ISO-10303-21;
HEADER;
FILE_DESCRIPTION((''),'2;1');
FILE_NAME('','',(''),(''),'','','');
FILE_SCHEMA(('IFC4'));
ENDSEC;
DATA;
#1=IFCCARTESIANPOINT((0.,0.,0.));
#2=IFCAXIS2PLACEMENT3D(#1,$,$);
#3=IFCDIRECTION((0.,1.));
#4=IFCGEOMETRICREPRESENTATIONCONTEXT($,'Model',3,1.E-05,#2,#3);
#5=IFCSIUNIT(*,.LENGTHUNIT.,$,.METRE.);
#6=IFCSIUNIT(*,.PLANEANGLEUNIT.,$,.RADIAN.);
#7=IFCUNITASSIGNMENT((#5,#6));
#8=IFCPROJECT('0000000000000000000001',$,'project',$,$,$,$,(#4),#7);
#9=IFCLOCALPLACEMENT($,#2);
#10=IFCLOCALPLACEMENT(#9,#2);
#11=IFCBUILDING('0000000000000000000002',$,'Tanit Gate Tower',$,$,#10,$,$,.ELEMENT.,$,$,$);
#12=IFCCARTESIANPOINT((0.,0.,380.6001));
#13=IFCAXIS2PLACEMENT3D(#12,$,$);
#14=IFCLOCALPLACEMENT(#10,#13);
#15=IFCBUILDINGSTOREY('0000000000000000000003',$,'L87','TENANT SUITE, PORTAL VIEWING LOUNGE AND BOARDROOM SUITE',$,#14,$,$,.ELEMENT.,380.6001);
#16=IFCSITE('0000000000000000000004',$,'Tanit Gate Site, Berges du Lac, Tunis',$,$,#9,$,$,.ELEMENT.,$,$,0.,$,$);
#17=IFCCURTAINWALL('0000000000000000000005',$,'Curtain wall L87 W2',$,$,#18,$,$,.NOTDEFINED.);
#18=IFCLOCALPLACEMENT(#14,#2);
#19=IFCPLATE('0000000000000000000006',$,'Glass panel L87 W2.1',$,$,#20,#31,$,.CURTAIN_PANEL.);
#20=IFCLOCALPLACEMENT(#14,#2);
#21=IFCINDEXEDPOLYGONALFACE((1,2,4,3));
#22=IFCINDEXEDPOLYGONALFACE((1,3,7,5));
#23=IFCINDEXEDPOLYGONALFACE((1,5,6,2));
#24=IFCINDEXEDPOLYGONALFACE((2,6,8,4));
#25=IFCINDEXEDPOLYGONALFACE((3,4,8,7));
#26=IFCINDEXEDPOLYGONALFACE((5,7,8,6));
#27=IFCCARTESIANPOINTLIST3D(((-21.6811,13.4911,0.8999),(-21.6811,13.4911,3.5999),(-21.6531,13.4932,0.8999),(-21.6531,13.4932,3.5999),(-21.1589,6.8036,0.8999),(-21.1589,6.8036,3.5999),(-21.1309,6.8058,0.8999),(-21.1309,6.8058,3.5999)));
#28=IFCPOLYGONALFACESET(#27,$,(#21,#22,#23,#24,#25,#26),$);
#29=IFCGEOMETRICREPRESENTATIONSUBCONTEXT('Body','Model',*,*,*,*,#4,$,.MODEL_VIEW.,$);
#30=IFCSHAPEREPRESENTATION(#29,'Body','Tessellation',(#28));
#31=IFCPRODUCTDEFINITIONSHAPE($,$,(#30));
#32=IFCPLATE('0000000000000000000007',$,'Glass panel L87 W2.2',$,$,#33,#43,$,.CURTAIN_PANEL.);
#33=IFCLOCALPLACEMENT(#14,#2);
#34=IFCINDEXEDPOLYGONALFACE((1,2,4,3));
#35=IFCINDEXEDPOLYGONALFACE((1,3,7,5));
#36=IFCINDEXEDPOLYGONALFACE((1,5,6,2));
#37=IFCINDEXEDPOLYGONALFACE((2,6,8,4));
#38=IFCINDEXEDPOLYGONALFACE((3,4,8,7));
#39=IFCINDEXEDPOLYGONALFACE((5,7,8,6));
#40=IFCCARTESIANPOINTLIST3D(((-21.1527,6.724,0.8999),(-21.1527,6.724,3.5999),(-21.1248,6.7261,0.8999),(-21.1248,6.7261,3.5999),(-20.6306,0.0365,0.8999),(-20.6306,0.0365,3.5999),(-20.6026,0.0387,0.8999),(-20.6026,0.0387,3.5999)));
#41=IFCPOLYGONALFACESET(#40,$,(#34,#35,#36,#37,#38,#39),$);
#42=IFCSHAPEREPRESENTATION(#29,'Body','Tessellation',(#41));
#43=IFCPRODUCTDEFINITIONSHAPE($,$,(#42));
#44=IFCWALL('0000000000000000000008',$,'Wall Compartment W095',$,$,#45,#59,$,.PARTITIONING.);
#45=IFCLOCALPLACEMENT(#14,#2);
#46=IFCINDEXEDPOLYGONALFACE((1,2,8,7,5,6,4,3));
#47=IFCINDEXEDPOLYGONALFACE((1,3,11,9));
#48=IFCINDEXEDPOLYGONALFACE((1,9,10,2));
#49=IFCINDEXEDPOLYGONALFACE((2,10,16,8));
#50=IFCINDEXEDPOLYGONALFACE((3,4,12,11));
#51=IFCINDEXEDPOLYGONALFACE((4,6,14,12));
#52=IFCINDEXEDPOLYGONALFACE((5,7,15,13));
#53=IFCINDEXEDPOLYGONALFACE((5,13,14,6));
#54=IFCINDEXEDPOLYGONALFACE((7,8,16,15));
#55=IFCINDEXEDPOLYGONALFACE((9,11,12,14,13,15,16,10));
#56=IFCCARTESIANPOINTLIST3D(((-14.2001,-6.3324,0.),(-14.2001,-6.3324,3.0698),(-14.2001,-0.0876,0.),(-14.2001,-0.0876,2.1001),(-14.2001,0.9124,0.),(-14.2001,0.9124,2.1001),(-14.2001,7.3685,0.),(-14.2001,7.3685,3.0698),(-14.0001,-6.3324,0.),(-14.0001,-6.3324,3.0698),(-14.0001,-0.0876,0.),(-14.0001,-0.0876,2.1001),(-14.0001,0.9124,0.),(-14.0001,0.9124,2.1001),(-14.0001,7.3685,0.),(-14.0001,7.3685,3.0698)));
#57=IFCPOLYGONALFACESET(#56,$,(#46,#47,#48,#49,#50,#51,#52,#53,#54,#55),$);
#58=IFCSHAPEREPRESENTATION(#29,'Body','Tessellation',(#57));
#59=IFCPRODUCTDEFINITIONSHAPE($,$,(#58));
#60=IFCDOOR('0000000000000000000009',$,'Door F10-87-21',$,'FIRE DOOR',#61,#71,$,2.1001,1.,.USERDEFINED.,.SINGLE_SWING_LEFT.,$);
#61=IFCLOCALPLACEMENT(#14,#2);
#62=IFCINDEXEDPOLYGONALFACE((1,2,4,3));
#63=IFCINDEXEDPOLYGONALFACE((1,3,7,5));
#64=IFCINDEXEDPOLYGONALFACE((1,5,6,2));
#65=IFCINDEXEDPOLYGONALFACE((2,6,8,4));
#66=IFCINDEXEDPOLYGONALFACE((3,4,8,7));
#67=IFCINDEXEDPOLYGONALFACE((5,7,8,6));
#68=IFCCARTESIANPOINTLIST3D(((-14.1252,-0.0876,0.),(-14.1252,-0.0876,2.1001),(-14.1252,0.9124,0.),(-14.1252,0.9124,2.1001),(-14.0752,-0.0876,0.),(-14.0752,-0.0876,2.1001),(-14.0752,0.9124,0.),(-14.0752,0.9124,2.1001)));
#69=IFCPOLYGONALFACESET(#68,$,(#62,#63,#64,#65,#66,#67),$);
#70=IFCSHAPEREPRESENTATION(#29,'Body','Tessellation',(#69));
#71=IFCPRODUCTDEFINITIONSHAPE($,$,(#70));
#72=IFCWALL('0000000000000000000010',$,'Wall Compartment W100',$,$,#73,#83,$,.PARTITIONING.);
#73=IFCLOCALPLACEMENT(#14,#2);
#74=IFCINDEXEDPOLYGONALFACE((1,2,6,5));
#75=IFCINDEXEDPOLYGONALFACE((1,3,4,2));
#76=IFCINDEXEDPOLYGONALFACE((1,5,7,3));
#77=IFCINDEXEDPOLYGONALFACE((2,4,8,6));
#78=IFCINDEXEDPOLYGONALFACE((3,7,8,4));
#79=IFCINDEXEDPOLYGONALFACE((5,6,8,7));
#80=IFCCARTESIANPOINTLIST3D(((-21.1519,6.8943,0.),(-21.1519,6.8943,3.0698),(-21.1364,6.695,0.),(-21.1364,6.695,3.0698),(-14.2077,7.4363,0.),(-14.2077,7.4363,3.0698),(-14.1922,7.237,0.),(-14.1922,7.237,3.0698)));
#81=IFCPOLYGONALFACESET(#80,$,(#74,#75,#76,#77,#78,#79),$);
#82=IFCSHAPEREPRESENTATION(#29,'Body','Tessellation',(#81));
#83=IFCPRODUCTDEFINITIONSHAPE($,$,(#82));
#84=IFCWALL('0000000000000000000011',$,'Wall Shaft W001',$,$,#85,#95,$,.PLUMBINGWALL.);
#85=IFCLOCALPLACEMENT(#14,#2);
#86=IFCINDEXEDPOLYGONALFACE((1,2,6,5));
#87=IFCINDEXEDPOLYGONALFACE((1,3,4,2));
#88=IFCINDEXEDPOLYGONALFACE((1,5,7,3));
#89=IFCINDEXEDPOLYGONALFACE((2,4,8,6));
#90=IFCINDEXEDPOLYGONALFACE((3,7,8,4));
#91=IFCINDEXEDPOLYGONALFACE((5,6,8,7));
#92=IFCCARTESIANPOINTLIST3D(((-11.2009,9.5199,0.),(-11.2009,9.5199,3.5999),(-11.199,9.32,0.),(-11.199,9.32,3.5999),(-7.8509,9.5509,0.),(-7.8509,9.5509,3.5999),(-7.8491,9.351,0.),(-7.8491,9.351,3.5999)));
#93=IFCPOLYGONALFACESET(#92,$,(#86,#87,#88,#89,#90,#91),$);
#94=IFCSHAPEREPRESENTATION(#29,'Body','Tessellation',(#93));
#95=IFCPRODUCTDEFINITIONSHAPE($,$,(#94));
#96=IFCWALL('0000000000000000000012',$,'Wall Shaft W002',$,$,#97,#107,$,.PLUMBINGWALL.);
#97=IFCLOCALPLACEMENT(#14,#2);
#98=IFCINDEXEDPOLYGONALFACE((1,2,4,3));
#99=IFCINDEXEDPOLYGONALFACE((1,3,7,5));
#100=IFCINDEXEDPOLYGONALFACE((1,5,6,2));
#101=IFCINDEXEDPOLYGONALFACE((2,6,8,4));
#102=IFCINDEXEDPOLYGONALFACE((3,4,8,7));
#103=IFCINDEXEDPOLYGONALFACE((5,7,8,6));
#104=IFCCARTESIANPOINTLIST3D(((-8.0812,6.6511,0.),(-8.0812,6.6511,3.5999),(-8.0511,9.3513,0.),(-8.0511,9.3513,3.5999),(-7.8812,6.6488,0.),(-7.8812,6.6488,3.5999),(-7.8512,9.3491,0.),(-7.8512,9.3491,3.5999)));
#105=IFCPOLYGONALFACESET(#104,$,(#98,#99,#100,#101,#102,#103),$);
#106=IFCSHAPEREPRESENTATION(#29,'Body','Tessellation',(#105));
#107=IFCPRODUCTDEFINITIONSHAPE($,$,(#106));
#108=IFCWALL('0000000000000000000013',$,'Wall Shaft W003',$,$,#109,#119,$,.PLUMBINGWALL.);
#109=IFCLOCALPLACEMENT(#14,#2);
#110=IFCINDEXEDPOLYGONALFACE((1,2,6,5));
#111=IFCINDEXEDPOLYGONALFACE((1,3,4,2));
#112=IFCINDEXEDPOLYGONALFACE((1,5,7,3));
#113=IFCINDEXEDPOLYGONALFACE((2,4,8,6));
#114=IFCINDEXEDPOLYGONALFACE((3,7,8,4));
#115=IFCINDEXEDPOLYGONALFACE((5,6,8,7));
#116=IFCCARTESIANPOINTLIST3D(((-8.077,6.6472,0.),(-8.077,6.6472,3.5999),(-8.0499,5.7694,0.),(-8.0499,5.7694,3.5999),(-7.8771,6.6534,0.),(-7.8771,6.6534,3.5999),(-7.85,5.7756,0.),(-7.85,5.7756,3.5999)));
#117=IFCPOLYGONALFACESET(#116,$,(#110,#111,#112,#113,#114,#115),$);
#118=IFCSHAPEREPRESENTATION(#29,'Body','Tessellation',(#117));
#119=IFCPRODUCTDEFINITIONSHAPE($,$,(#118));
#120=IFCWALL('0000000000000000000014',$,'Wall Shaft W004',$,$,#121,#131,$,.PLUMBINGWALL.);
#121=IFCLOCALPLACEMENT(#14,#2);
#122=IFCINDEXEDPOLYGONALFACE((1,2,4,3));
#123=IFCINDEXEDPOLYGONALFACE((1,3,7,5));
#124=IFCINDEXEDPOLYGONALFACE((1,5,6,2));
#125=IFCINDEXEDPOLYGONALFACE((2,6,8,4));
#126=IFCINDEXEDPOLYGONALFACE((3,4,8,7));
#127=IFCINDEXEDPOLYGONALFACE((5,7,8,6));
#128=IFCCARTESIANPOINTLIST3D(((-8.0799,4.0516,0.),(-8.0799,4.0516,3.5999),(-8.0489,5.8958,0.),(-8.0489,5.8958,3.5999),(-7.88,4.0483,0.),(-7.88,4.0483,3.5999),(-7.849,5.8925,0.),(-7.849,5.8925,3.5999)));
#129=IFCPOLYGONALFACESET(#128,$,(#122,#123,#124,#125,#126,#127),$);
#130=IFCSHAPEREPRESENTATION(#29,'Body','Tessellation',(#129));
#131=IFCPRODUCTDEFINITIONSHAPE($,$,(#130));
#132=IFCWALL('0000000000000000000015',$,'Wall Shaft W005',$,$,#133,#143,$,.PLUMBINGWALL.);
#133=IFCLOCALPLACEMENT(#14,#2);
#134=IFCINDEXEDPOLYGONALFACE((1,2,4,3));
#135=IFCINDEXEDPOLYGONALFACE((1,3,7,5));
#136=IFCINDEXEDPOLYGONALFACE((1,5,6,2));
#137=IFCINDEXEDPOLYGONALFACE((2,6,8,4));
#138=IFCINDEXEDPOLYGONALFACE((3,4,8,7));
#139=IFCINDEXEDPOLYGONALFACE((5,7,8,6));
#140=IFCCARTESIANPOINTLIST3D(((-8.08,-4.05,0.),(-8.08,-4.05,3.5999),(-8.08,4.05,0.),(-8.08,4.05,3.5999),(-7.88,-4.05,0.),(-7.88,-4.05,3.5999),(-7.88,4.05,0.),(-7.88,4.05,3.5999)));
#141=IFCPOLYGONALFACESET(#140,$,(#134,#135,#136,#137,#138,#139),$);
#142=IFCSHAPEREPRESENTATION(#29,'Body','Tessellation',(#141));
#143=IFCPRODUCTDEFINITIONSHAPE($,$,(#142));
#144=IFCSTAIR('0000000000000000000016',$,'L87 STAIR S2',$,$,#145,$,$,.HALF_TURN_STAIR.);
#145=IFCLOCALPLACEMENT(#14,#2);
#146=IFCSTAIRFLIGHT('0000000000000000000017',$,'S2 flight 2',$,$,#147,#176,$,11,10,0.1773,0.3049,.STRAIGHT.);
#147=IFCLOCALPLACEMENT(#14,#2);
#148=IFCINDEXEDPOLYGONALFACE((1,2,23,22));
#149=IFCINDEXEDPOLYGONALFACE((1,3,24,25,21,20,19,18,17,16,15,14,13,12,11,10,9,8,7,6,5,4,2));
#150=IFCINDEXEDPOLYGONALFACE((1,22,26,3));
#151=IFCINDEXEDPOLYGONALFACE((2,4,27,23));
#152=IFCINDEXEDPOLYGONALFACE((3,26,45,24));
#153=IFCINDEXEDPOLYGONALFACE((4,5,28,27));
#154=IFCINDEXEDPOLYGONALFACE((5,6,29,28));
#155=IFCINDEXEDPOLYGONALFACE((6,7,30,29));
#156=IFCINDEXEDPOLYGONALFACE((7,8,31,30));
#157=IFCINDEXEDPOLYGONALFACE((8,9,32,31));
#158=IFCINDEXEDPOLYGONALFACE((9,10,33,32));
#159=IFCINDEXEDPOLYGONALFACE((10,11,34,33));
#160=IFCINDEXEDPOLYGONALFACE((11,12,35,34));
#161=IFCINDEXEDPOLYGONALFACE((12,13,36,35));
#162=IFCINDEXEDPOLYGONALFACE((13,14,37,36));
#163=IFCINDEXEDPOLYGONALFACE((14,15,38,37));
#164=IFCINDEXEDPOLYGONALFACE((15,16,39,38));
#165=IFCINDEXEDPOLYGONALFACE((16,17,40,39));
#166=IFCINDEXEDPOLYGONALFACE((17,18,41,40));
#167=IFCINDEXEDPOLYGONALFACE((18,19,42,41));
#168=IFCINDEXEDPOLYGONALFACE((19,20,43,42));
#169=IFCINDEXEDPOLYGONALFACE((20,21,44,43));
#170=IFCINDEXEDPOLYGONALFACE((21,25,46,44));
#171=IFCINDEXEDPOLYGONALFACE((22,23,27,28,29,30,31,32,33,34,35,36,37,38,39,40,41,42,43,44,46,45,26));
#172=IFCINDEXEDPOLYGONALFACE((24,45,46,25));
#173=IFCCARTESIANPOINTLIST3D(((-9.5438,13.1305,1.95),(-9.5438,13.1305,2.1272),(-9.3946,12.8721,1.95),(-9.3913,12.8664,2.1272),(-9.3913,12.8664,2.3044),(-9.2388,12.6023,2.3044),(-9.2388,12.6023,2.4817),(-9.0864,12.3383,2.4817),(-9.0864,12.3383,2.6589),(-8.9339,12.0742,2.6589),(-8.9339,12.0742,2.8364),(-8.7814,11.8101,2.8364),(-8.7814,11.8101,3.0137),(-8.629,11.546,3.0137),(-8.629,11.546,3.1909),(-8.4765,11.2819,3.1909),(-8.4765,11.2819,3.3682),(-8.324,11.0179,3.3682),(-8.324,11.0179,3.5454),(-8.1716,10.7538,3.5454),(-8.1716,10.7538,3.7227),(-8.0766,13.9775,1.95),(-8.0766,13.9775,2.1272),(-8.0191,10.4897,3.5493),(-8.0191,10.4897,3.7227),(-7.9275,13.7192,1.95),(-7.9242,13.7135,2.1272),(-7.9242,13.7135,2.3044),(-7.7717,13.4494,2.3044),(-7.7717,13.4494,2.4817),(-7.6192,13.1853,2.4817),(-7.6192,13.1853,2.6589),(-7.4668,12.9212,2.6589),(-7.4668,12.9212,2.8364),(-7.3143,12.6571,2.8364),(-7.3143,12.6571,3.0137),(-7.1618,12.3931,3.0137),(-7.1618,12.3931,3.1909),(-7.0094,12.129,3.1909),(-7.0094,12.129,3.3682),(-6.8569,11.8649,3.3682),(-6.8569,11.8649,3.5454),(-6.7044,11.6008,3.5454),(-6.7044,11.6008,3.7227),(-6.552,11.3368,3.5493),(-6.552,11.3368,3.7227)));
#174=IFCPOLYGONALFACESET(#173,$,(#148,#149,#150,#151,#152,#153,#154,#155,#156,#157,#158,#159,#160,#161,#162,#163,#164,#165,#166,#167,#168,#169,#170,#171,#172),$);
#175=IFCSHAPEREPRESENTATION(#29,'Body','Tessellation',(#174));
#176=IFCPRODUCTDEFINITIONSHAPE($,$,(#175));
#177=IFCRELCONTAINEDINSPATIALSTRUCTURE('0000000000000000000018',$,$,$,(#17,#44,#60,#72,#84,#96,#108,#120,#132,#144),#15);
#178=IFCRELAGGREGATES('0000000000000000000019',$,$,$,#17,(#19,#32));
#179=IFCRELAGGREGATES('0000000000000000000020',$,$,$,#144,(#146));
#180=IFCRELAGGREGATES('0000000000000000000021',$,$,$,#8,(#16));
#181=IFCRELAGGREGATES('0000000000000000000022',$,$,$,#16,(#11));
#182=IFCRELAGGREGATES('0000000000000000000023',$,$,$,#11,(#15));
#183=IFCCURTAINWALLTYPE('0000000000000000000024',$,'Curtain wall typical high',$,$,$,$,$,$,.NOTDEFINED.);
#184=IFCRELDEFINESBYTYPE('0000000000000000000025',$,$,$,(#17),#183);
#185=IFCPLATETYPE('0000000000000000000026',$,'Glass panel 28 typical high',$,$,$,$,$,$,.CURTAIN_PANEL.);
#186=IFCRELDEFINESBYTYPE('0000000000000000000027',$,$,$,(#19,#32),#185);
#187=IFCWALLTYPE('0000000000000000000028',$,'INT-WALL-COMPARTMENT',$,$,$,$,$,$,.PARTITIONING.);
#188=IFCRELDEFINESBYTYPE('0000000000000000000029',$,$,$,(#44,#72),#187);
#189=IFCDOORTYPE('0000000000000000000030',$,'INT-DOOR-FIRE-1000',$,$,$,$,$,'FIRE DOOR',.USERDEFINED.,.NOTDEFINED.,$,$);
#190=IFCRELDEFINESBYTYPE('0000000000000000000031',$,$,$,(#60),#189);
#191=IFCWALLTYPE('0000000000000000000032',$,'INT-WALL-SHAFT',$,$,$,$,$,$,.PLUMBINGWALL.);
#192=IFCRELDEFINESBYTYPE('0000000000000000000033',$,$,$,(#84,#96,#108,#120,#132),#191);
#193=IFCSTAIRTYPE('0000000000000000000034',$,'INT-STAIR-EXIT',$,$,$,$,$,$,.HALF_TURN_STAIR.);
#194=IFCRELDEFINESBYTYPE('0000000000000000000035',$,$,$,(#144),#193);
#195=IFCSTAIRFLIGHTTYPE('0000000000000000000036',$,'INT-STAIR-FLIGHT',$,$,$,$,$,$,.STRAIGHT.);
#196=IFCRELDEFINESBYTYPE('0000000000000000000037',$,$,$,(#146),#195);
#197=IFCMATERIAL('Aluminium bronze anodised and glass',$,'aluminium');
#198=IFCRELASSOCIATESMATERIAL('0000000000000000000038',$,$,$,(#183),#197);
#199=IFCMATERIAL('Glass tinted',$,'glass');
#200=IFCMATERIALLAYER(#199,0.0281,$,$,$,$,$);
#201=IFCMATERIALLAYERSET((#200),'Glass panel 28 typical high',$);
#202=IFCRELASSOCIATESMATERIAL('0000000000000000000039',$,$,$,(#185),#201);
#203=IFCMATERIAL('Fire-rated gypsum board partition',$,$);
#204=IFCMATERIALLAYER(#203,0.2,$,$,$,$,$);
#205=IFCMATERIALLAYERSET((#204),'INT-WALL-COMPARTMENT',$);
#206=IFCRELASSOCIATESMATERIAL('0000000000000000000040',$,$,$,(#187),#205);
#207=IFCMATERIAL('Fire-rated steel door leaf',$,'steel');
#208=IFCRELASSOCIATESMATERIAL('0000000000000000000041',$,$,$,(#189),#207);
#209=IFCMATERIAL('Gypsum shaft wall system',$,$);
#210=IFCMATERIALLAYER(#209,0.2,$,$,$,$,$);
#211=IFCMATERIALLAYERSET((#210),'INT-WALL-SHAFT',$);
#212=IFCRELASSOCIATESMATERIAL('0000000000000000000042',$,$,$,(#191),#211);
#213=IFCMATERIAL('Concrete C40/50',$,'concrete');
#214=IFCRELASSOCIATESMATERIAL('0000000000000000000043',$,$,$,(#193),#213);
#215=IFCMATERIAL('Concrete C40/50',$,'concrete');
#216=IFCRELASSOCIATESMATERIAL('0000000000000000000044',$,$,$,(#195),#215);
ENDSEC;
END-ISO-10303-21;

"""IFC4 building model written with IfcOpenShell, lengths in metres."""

from ifc_helpers import new_model, si_unit, direction, frame, frame_2d, origin, origin_2d, place, context, subcontext, project, spatial, polyline, rectangle, outline, extrude, material, layer, layer_set, type_object, element, fill, aggregate, save


model = new_model("IFC4")

# Units and contexts
model_context = context("Model", 3, precision=1e-05, world=origin(), true_north=direction((0.0, 1.0)))
body_context = subcontext(model_context, "Body", "Model", "MODEL_VIEW")
ifc_project = project(units=[si_unit("LENGTHUNIT", "METRE"), si_unit("PLANEANGLEUNIT", "RADIAN")], contexts=[model_context])

# Site, building, storey
site_placement = place(None, origin())
site = spatial("IfcSite", under=ifc_project, at=site_placement, Name="Tanit Gate Site, Berges du Lac, Tunis", CompositionType="ELEMENT", RefElevation=0.0)
building_placement = place(site_placement, origin())
building = spatial("IfcBuilding", under=site, at=building_placement, Name="Tanit Gate Tower", CompositionType="ELEMENT")
storey_placement = place(building_placement, frame((0.0, 0.0, 380.6001)))
storey = spatial("IfcBuildingStorey", under=building, at=storey_placement, Name="L87", Description="TENANT SUITE, PORTAL VIEWING LOUNGE AND BOARDROOM SUITE", CompositionType="ELEMENT", Elevation=380.6001)

# Curtain wall
ifc_material_1 = material(Name="Aluminium bronze anodised and glass", Category="aluminium")
curtain_wall_type = type_object("IfcCurtainWallType", Name="Curtain wall typical high", PredefinedType="NOTDEFINED", material=ifc_material_1)
curtain_wall_1_placement = place(storey_placement, origin())
curtain_wall_1 = element("IfcCurtainWall", 1, at=curtain_wall_1_placement, inside=storey, type_object=curtain_wall_type, Name="Curtain wall L87 W2", PredefinedType="NOTDEFINED")

# Plates
ifc_material_2 = material(Name="Glass tinted", Category="glass")
ifc_layer_1 = layer(ifc_material_2, 0.0281)
ifc_layer_set_1 = layer_set([ifc_layer_1], Name="Glass panel 28 typical high")
plate_type = type_object("IfcPlateType", Name="Glass panel 28 typical high", PredefinedType="CURTAIN_PANEL", material=ifc_layer_set_1)
plate_1_placement = place(storey_placement, frame((-21.406, 10.1484, 0.8999), z_axis=(0.0, 0.0, 1.0), x_axis=(0.077839, -0.996966, 0.0)))
plate_1 = element("IfcPlate", 2, at=plate_1_placement, type_object=plate_type, Name="Glass panel L87 W2.1", PredefinedType="CURTAIN_PANEL", context=body_context, shape_type="SweptSolid", body=[
    extrude(rectangle(XDim=6.7078, YDim=0.0281, at=origin_2d()), origin(), (0.0, 0.0, 1.0), 2.7),
])
plate_2_placement = place(storey_placement, frame((-20.8777, 3.3813, 0.8999), z_axis=(0.0, 0.0, 1.0), x_axis=(0.077839, -0.996966, 0.0)))
plate_2 = element("IfcPlate", 3, at=plate_2_placement, type_object=plate_type, Name="Glass panel L87 W2.2", PredefinedType="CURTAIN_PANEL", context=body_context, shape_type="SweptSolid", body=[
    extrude(rectangle(XDim=6.7078, YDim=0.0281, at=origin_2d()), origin(), (0.0, 0.0, 1.0), 2.7),
])
aggregate(curtain_wall_1, [plate_1, plate_2])

# Wall, opening, door
ifc_material_3 = material(Name="Fire-rated gypsum board partition")
ifc_layer_2 = layer(ifc_material_3, 0.2)
ifc_layer_set_2 = layer_set([ifc_layer_2], Name="INT-WALL-COMPARTMENT")
wall_type_1 = type_object("IfcWallType", Name="INT-WALL-COMPARTMENT", PredefinedType="PARTITIONING", material=ifc_layer_set_2)
wall_1_placement = place(storey_placement, frame((-14.1001, 7.3687, 0.0), z_axis=(0.0, 0.0, 1.0), x_axis=(0.0, -1.0, 0.0)))
wall_1 = element("IfcWall", 4, at=wall_1_placement, inside=storey, type_object=wall_type_1, Name="Wall Compartment W095", PredefinedType="PARTITIONING", context=body_context, shape_type="SweptSolid", body=[
    extrude(rectangle(XDim=13.7009, YDim=0.2, at=frame_2d((6.8506, 0.0))), origin(), (0.0, 0.0, 1.0), 3.0698),
])
opening_placement = place(wall_1_placement, frame((6.4563, 0.0, 0.0)))
opening = element("IfcOpeningElement", 5, at=opening_placement, cuts=wall_1, PredefinedType="OPENING", context=body_context, shape_type="SweptSolid", body=[
    extrude(rectangle(XDim=1.0, YDim=2.1001, at=frame_2d((0.5, 1.05))), frame((0.0, 0.1099, 0.0), z_axis=(0.0, -1.0, 0.0), x_axis=(1.0, 0.0, 0.0)), (0.0, 0.0, 1.0), 0.22),
])
ifc_material_4 = material(Name="Fire-rated steel door leaf", Category="steel")
door_type = type_object("IfcDoorType", Name="INT-DOOR-FIRE-1000", ElementType="FIRE DOOR", OperationType="NOTDEFINED", PredefinedType="USERDEFINED", material=ifc_material_4)
door_placement = place(opening_placement, origin())
door = element("IfcDoor", 6, at=door_placement, inside=storey, type_object=door_type, Name="Door F10-87-21", ObjectType="FIRE DOOR", OperationType="SINGLE_SWING_LEFT", OverallHeight=2.1001, OverallWidth=1.0, PredefinedType="USERDEFINED", context=body_context, shape_type="SweptSolid", body=[
    extrude(rectangle(XDim=1.0, YDim=2.1001, at=frame_2d((0.5, 1.05))), frame((0.0, 0.0249, 0.0), z_axis=(0.0, -1.0, 0.0), x_axis=(1.0, 0.0, 0.0)), (0.0, 0.0, 1.0), 0.05),
])
fill(opening, door)

# Walls
wall_2_placement = place(storey_placement, frame((-14.2, 7.3367, 0.0), z_axis=(0.0, 0.0, 1.0), x_axis=(-0.996968, -0.077814, 0.0)))
element("IfcWall", 7, at=wall_2_placement, inside=storey, type_object=wall_type_1, Name="Wall Compartment W100", PredefinedType="PARTITIONING", context=body_context, shape_type="SweptSolid", body=[
    extrude(rectangle(XDim=6.9653, YDim=0.2, at=frame_2d((3.4827, 0.0))), origin(), (0.0, 0.0, 1.0), 3.0698),
])
ifc_material_5 = material(Name="Gypsum shaft wall system")
ifc_layer_3 = layer(ifc_material_5, 0.2)
ifc_layer_set_3 = layer_set([ifc_layer_3], Name="INT-WALL-SHAFT")
wall_type_2 = type_object("IfcWallType", Name="INT-WALL-SHAFT", PredefinedType="PLUMBINGWALL", material=ifc_layer_set_3)
wall_3_placement = place(storey_placement, frame((-11.2, 9.4199, 0.0), z_axis=(0.0, 0.0, 1.0), x_axis=(0.999957, 0.009255, 0.0)))
element("IfcWall", 8, at=wall_3_placement, inside=storey, type_object=wall_type_2, Name="Wall Shaft W001", PredefinedType="PLUMBINGWALL", context=body_context, shape_type="SweptSolid", body=[
    extrude(rectangle(XDim=3.3501, YDim=0.2, at=frame_2d((1.675, 0.0))), origin(), (0.0, 0.0, 1.0), 3.5999),
])
wall_4_placement = place(storey_placement, frame((-7.9512, 9.3501, 0.0), z_axis=(0.0, 0.0, 1.0), x_axis=(-0.01112, -0.999938, 0.0)))
element("IfcWall", 9, at=wall_4_placement, inside=storey, type_object=wall_type_2, Name="Wall Shaft W002", PredefinedType="PLUMBINGWALL", context=body_context, shape_type="SweptSolid", body=[
    extrude(rectangle(XDim=2.7004, YDim=0.2, at=frame_2d((1.3501, 0.0))), origin(), (0.0, 0.0, 1.0), 3.5999),
])
wall_5_placement = place(storey_placement, frame((-7.9771, 6.6501, 0.0), z_axis=(0.0, 0.0, 1.0), x_axis=(0.030862, -0.999524, 0.0)))
element("IfcWall", 10, at=wall_5_placement, inside=storey, type_object=wall_type_2, Name="Wall Shaft W003", PredefinedType="PLUMBINGWALL", context=body_context, shape_type="SweptSolid", body=[
    extrude(rectangle(XDim=0.8782, YDim=0.2, at=frame_2d((0.439, 0.0))), origin(), (0.0, 0.0, 1.0), 3.5999),
])
wall_6_placement = place(storey_placement, frame((-7.949, 5.8943, 0.0), z_axis=(0.0, 0.0, 1.0), x_axis=(-0.01681, -0.999859, 0.0)))
element("IfcWall", 11, at=wall_6_placement, inside=storey, type_object=wall_type_2, Name="Wall Shaft W004", PredefinedType="PLUMBINGWALL", context=body_context, shape_type="SweptSolid", body=[
    extrude(rectangle(XDim=1.8445, YDim=0.2, at=frame_2d((0.9224, 0.0))), origin(), (0.0, 0.0, 1.0), 3.5999),
])
wall_7_placement = place(storey_placement, frame((-7.98, 4.05, 0.0), z_axis=(0.0, 0.0, 1.0), x_axis=(0.0, -1.0, 0.0)))
element("IfcWall", 12, at=wall_7_placement, inside=storey, type_object=wall_type_2, Name="Wall Shaft W005", PredefinedType="PLUMBINGWALL", context=body_context, shape_type="SweptSolid", body=[
    extrude(rectangle(XDim=8.1001, YDim=0.2, at=frame_2d((4.05, 0.0))), origin(), (0.0, 0.0, 1.0), 3.5999),
])

# Stair, stair flight
ifc_material_6 = material(Name="Concrete C40/50", Category="concrete")
stair_type = type_object("IfcStairType", Name="INT-STAIR-EXIT", PredefinedType="HALF_TURN_STAIR", material=ifc_material_6)
stair_placement = place(storey_placement, origin())
stair = element("IfcStair", 13, at=stair_placement, inside=storey, type_object=stair_type, Name="L87 STAIR S2", PredefinedType="HALF_TURN_STAIR")
ifc_material_7 = material(Name="Concrete C40/50", Category="concrete")
stair_flight_type = type_object("IfcStairFlightType", Name="INT-STAIR-FLIGHT", PredefinedType="STRAIGHT", material=ifc_material_7)
stair_flight_placement = place(storey_placement, frame((-8.8103, 13.554, 1.95), z_axis=(0.0, 0.0, 1.0), x_axis=(0.5, -0.866025, 0.0)))
stair_flight = element("IfcStairFlight", 14, at=stair_flight_placement, type_object=stair_flight_type, Name="S2 flight 2", NumberOfRisers=11, NumberOfTreads=10, PredefinedType="STRAIGHT", RiserHeight=0.1773, TreadLength=0.3049, context=body_context, shape_type="SweptSolid", body=[
    extrude(outline(polyline([(0.0, 0.0), (0.0, 0.1772), (0.3049, 0.1772), (0.3049, 0.3545), (0.6099, 0.3545), (0.6099, 0.5317), (0.9148, 0.5317), (0.9148, 0.709), (1.2197, 0.709), (1.2197, 0.8865), (1.5247, 0.8865), (1.5247, 1.0637), (1.8296, 1.0637), (1.8296, 1.241), (2.1345, 1.241), (2.1345, 1.4182), (2.4395, 1.4182), (2.4395, 1.5955), (2.7444, 1.5955), (2.7444, 1.7727), (3.0493, 1.7727), (3.0493, 1.95), (3.0493, 1.5994), (0.2983, 0.0), (0.0, 0.0)])), frame((0.0, 0.8472, 0.0), z_axis=(0.0, -1.0, 0.0), x_axis=(1.0, 0.0, 0.0)), (0.0, 0.0, 1.0), 1.6941),
])
aggregate(stair, [stair_flight])

save(model, "model.ifc")
